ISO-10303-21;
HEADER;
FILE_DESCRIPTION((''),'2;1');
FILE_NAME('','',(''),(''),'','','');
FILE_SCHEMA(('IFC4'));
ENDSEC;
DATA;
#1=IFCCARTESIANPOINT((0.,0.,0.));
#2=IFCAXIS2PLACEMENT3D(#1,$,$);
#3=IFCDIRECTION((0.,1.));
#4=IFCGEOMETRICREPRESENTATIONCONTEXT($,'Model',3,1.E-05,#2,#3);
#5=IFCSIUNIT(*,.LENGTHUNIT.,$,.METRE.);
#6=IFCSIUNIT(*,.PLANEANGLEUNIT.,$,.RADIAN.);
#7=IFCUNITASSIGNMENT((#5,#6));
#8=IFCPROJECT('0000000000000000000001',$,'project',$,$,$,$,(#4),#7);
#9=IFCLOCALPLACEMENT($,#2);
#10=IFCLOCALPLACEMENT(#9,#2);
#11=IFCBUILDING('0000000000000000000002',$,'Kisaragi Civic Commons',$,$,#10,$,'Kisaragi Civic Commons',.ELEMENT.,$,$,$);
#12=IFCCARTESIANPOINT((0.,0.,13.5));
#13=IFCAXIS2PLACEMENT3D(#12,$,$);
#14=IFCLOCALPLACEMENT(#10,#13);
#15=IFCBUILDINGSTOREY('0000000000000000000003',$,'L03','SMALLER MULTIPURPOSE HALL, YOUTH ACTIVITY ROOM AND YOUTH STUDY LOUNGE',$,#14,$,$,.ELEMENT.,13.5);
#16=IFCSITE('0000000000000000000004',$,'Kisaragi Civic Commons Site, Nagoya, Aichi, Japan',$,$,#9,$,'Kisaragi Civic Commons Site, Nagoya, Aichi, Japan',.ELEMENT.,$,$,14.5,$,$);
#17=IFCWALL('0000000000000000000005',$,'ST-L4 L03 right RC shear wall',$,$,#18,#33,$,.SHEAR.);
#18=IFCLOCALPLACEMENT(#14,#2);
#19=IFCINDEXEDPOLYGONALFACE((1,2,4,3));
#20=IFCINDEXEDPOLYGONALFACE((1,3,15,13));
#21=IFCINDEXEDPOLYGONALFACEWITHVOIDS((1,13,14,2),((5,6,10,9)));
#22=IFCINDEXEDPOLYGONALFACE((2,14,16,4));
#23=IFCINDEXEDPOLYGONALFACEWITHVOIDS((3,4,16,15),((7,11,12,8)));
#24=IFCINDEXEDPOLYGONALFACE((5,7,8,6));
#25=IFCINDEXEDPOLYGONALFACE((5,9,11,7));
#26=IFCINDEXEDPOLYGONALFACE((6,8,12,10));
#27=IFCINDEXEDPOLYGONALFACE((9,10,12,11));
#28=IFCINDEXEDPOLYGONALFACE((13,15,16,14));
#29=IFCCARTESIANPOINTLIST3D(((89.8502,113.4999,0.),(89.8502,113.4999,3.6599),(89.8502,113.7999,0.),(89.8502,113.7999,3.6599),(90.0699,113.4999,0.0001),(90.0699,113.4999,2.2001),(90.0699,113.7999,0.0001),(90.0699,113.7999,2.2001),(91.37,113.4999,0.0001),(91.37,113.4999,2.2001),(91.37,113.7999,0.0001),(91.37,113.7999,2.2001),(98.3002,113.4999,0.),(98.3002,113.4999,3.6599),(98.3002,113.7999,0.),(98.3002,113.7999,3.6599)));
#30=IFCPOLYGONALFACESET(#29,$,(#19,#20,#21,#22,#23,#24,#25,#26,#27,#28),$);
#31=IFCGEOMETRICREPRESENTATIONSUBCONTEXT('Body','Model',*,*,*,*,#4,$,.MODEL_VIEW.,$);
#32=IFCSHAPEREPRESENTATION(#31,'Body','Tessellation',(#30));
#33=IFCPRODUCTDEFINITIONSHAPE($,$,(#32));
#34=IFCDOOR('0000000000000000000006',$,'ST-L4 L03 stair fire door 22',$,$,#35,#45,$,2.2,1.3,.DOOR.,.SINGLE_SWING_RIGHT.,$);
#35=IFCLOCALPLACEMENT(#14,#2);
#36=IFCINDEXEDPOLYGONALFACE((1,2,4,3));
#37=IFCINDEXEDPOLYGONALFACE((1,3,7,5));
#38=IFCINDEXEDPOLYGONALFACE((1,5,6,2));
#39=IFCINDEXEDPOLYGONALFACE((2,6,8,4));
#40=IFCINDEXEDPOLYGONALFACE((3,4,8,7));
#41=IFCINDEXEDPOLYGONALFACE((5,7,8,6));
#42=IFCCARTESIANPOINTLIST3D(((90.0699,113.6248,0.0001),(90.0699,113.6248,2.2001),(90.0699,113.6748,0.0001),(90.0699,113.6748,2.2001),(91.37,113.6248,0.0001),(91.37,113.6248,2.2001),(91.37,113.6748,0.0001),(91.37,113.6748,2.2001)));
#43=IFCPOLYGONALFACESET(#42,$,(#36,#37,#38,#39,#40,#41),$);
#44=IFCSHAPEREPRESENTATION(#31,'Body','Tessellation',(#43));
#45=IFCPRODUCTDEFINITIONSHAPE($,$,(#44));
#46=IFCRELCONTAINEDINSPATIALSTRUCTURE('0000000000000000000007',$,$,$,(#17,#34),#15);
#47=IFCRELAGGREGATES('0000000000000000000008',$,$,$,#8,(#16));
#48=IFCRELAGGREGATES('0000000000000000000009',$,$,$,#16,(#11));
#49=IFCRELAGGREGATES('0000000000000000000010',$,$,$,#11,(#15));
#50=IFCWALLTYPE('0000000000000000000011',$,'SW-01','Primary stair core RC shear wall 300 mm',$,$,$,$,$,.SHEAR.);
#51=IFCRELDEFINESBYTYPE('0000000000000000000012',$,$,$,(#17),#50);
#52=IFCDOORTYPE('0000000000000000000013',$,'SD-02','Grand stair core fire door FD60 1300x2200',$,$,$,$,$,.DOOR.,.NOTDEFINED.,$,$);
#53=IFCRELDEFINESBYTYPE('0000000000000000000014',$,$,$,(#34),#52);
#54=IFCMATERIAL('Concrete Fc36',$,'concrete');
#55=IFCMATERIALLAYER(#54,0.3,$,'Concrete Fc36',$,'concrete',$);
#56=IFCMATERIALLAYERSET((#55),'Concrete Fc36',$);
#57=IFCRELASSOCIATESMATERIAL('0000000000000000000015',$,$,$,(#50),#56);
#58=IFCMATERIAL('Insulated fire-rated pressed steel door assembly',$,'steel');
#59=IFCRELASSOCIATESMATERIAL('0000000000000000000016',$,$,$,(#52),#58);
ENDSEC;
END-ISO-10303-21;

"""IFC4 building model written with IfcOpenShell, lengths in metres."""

from ifc_helpers import new_model, si_unit, direction, frame, frame_2d, origin, place, context, subcontext, project, spatial, rectangle, extrude, material, layer, layer_set, type_object, element, fill, save


model = new_model("IFC4")

# Units and contexts
model_context = context("Model", 3, precision=1e-05, world=origin(), true_north=direction((0.0, 1.0)))
body_context = subcontext(model_context, "Body", "Model", "MODEL_VIEW")
ifc_project = project(units=[si_unit("LENGTHUNIT", "METRE"), si_unit("PLANEANGLEUNIT", "RADIAN")], contexts=[model_context])

# Site, building, storey
site_placement = place(None, origin())
site = spatial("IfcSite", under=ifc_project, at=site_placement, Name="Kisaragi Civic Commons Site, Nagoya, Aichi, Japan", LongName="Kisaragi Civic Commons Site, Nagoya, Aichi, Japan", CompositionType="ELEMENT", RefElevation=14.5)
building_placement = place(site_placement, origin())
building = spatial("IfcBuilding", under=site, at=building_placement, Name="Kisaragi Civic Commons", LongName="Kisaragi Civic Commons", CompositionType="ELEMENT")
storey_placement = place(building_placement, frame((0.0, 0.0, 13.5)))
storey = spatial("IfcBuildingStorey", under=building, at=storey_placement, Name="L03", Description="SMALLER MULTIPURPOSE HALL, YOUTH ACTIVITY ROOM AND YOUTH STUDY LOUNGE", CompositionType="ELEMENT", Elevation=13.5)

# Shared definitions
ifc_material_1 = material(Name="Concrete Fc36", Category="concrete")
ifc_layer_1 = layer(ifc_material_1, 0.3, Name="Concrete Fc36", Category="concrete")
ifc_layer_set_1 = layer_set([ifc_layer_1], Name="Concrete Fc36")
wall_type_1 = type_object("IfcWallType", Name="SW-01", Description="Primary stair core RC shear wall 300 mm", PredefinedType="SHEAR", material=ifc_layer_set_1)

# Wall, opening, door
wall_1_placement = place(storey_placement, frame((89.8501, 113.6499, 0.0), z_axis=(0.0, 0.0, 1.0), x_axis=(1.0, 0.0, 0.0)))
wall_1 = element("IfcWall", 1, at=wall_1_placement, inside=storey, type_object=wall_type_1, Name="ST-L4 L03 right RC shear wall", PredefinedType="SHEAR", context=body_context, shape_type="SweptSolid", body=[
    extrude(rectangle(XDim=8.45, YDim=0.3, at=frame_2d((4.2251, 0.0))), origin(), (0.0, 0.0, 1.0), 3.6599),
])
opening_placement = place(wall_1_placement, frame((0.22, 0.0, 0.0)))
opening = element("IfcOpeningElement", 2, at=opening_placement, cuts=wall_1, PredefinedType="OPENING", context=body_context, shape_type="SweptSolid", body=[
    extrude(rectangle(XDim=1.3, YDim=2.2, at=frame_2d((0.6499, 1.1001))), frame((0.0, 0.1599, 0.0), z_axis=(0.0, -1.0, 0.0), x_axis=(1.0, 0.0, 0.0)), (0.0, 0.0, 1.0), 0.3201),
])
ifc_material_2 = material(Name="Insulated fire-rated pressed steel door assembly", Category="steel")
door_type = type_object("IfcDoorType", Name="SD-02", Description="Grand stair core fire door FD60 1300x2200", OperationType="NOTDEFINED", PredefinedType="DOOR", material=ifc_material_2)
door_placement = place(opening_placement, origin())
door = element("IfcDoor", 3, at=door_placement, inside=storey, type_object=door_type, Name="ST-L4 L03 stair fire door 22", OperationType="SINGLE_SWING_RIGHT", OverallHeight=2.2, OverallWidth=1.3, PredefinedType="DOOR", context=body_context, shape_type="SweptSolid", body=[
    extrude(rectangle(XDim=1.3, YDim=2.2, at=frame_2d((0.6499, 1.1001))), frame((0.0, 0.0249, 0.0), z_axis=(0.0, -1.0, 0.0), x_axis=(1.0, 0.0, 0.0)), (0.0, 0.0, 1.0), 0.05),
])
fill(opening, door)

save(model, "model.ifc")
